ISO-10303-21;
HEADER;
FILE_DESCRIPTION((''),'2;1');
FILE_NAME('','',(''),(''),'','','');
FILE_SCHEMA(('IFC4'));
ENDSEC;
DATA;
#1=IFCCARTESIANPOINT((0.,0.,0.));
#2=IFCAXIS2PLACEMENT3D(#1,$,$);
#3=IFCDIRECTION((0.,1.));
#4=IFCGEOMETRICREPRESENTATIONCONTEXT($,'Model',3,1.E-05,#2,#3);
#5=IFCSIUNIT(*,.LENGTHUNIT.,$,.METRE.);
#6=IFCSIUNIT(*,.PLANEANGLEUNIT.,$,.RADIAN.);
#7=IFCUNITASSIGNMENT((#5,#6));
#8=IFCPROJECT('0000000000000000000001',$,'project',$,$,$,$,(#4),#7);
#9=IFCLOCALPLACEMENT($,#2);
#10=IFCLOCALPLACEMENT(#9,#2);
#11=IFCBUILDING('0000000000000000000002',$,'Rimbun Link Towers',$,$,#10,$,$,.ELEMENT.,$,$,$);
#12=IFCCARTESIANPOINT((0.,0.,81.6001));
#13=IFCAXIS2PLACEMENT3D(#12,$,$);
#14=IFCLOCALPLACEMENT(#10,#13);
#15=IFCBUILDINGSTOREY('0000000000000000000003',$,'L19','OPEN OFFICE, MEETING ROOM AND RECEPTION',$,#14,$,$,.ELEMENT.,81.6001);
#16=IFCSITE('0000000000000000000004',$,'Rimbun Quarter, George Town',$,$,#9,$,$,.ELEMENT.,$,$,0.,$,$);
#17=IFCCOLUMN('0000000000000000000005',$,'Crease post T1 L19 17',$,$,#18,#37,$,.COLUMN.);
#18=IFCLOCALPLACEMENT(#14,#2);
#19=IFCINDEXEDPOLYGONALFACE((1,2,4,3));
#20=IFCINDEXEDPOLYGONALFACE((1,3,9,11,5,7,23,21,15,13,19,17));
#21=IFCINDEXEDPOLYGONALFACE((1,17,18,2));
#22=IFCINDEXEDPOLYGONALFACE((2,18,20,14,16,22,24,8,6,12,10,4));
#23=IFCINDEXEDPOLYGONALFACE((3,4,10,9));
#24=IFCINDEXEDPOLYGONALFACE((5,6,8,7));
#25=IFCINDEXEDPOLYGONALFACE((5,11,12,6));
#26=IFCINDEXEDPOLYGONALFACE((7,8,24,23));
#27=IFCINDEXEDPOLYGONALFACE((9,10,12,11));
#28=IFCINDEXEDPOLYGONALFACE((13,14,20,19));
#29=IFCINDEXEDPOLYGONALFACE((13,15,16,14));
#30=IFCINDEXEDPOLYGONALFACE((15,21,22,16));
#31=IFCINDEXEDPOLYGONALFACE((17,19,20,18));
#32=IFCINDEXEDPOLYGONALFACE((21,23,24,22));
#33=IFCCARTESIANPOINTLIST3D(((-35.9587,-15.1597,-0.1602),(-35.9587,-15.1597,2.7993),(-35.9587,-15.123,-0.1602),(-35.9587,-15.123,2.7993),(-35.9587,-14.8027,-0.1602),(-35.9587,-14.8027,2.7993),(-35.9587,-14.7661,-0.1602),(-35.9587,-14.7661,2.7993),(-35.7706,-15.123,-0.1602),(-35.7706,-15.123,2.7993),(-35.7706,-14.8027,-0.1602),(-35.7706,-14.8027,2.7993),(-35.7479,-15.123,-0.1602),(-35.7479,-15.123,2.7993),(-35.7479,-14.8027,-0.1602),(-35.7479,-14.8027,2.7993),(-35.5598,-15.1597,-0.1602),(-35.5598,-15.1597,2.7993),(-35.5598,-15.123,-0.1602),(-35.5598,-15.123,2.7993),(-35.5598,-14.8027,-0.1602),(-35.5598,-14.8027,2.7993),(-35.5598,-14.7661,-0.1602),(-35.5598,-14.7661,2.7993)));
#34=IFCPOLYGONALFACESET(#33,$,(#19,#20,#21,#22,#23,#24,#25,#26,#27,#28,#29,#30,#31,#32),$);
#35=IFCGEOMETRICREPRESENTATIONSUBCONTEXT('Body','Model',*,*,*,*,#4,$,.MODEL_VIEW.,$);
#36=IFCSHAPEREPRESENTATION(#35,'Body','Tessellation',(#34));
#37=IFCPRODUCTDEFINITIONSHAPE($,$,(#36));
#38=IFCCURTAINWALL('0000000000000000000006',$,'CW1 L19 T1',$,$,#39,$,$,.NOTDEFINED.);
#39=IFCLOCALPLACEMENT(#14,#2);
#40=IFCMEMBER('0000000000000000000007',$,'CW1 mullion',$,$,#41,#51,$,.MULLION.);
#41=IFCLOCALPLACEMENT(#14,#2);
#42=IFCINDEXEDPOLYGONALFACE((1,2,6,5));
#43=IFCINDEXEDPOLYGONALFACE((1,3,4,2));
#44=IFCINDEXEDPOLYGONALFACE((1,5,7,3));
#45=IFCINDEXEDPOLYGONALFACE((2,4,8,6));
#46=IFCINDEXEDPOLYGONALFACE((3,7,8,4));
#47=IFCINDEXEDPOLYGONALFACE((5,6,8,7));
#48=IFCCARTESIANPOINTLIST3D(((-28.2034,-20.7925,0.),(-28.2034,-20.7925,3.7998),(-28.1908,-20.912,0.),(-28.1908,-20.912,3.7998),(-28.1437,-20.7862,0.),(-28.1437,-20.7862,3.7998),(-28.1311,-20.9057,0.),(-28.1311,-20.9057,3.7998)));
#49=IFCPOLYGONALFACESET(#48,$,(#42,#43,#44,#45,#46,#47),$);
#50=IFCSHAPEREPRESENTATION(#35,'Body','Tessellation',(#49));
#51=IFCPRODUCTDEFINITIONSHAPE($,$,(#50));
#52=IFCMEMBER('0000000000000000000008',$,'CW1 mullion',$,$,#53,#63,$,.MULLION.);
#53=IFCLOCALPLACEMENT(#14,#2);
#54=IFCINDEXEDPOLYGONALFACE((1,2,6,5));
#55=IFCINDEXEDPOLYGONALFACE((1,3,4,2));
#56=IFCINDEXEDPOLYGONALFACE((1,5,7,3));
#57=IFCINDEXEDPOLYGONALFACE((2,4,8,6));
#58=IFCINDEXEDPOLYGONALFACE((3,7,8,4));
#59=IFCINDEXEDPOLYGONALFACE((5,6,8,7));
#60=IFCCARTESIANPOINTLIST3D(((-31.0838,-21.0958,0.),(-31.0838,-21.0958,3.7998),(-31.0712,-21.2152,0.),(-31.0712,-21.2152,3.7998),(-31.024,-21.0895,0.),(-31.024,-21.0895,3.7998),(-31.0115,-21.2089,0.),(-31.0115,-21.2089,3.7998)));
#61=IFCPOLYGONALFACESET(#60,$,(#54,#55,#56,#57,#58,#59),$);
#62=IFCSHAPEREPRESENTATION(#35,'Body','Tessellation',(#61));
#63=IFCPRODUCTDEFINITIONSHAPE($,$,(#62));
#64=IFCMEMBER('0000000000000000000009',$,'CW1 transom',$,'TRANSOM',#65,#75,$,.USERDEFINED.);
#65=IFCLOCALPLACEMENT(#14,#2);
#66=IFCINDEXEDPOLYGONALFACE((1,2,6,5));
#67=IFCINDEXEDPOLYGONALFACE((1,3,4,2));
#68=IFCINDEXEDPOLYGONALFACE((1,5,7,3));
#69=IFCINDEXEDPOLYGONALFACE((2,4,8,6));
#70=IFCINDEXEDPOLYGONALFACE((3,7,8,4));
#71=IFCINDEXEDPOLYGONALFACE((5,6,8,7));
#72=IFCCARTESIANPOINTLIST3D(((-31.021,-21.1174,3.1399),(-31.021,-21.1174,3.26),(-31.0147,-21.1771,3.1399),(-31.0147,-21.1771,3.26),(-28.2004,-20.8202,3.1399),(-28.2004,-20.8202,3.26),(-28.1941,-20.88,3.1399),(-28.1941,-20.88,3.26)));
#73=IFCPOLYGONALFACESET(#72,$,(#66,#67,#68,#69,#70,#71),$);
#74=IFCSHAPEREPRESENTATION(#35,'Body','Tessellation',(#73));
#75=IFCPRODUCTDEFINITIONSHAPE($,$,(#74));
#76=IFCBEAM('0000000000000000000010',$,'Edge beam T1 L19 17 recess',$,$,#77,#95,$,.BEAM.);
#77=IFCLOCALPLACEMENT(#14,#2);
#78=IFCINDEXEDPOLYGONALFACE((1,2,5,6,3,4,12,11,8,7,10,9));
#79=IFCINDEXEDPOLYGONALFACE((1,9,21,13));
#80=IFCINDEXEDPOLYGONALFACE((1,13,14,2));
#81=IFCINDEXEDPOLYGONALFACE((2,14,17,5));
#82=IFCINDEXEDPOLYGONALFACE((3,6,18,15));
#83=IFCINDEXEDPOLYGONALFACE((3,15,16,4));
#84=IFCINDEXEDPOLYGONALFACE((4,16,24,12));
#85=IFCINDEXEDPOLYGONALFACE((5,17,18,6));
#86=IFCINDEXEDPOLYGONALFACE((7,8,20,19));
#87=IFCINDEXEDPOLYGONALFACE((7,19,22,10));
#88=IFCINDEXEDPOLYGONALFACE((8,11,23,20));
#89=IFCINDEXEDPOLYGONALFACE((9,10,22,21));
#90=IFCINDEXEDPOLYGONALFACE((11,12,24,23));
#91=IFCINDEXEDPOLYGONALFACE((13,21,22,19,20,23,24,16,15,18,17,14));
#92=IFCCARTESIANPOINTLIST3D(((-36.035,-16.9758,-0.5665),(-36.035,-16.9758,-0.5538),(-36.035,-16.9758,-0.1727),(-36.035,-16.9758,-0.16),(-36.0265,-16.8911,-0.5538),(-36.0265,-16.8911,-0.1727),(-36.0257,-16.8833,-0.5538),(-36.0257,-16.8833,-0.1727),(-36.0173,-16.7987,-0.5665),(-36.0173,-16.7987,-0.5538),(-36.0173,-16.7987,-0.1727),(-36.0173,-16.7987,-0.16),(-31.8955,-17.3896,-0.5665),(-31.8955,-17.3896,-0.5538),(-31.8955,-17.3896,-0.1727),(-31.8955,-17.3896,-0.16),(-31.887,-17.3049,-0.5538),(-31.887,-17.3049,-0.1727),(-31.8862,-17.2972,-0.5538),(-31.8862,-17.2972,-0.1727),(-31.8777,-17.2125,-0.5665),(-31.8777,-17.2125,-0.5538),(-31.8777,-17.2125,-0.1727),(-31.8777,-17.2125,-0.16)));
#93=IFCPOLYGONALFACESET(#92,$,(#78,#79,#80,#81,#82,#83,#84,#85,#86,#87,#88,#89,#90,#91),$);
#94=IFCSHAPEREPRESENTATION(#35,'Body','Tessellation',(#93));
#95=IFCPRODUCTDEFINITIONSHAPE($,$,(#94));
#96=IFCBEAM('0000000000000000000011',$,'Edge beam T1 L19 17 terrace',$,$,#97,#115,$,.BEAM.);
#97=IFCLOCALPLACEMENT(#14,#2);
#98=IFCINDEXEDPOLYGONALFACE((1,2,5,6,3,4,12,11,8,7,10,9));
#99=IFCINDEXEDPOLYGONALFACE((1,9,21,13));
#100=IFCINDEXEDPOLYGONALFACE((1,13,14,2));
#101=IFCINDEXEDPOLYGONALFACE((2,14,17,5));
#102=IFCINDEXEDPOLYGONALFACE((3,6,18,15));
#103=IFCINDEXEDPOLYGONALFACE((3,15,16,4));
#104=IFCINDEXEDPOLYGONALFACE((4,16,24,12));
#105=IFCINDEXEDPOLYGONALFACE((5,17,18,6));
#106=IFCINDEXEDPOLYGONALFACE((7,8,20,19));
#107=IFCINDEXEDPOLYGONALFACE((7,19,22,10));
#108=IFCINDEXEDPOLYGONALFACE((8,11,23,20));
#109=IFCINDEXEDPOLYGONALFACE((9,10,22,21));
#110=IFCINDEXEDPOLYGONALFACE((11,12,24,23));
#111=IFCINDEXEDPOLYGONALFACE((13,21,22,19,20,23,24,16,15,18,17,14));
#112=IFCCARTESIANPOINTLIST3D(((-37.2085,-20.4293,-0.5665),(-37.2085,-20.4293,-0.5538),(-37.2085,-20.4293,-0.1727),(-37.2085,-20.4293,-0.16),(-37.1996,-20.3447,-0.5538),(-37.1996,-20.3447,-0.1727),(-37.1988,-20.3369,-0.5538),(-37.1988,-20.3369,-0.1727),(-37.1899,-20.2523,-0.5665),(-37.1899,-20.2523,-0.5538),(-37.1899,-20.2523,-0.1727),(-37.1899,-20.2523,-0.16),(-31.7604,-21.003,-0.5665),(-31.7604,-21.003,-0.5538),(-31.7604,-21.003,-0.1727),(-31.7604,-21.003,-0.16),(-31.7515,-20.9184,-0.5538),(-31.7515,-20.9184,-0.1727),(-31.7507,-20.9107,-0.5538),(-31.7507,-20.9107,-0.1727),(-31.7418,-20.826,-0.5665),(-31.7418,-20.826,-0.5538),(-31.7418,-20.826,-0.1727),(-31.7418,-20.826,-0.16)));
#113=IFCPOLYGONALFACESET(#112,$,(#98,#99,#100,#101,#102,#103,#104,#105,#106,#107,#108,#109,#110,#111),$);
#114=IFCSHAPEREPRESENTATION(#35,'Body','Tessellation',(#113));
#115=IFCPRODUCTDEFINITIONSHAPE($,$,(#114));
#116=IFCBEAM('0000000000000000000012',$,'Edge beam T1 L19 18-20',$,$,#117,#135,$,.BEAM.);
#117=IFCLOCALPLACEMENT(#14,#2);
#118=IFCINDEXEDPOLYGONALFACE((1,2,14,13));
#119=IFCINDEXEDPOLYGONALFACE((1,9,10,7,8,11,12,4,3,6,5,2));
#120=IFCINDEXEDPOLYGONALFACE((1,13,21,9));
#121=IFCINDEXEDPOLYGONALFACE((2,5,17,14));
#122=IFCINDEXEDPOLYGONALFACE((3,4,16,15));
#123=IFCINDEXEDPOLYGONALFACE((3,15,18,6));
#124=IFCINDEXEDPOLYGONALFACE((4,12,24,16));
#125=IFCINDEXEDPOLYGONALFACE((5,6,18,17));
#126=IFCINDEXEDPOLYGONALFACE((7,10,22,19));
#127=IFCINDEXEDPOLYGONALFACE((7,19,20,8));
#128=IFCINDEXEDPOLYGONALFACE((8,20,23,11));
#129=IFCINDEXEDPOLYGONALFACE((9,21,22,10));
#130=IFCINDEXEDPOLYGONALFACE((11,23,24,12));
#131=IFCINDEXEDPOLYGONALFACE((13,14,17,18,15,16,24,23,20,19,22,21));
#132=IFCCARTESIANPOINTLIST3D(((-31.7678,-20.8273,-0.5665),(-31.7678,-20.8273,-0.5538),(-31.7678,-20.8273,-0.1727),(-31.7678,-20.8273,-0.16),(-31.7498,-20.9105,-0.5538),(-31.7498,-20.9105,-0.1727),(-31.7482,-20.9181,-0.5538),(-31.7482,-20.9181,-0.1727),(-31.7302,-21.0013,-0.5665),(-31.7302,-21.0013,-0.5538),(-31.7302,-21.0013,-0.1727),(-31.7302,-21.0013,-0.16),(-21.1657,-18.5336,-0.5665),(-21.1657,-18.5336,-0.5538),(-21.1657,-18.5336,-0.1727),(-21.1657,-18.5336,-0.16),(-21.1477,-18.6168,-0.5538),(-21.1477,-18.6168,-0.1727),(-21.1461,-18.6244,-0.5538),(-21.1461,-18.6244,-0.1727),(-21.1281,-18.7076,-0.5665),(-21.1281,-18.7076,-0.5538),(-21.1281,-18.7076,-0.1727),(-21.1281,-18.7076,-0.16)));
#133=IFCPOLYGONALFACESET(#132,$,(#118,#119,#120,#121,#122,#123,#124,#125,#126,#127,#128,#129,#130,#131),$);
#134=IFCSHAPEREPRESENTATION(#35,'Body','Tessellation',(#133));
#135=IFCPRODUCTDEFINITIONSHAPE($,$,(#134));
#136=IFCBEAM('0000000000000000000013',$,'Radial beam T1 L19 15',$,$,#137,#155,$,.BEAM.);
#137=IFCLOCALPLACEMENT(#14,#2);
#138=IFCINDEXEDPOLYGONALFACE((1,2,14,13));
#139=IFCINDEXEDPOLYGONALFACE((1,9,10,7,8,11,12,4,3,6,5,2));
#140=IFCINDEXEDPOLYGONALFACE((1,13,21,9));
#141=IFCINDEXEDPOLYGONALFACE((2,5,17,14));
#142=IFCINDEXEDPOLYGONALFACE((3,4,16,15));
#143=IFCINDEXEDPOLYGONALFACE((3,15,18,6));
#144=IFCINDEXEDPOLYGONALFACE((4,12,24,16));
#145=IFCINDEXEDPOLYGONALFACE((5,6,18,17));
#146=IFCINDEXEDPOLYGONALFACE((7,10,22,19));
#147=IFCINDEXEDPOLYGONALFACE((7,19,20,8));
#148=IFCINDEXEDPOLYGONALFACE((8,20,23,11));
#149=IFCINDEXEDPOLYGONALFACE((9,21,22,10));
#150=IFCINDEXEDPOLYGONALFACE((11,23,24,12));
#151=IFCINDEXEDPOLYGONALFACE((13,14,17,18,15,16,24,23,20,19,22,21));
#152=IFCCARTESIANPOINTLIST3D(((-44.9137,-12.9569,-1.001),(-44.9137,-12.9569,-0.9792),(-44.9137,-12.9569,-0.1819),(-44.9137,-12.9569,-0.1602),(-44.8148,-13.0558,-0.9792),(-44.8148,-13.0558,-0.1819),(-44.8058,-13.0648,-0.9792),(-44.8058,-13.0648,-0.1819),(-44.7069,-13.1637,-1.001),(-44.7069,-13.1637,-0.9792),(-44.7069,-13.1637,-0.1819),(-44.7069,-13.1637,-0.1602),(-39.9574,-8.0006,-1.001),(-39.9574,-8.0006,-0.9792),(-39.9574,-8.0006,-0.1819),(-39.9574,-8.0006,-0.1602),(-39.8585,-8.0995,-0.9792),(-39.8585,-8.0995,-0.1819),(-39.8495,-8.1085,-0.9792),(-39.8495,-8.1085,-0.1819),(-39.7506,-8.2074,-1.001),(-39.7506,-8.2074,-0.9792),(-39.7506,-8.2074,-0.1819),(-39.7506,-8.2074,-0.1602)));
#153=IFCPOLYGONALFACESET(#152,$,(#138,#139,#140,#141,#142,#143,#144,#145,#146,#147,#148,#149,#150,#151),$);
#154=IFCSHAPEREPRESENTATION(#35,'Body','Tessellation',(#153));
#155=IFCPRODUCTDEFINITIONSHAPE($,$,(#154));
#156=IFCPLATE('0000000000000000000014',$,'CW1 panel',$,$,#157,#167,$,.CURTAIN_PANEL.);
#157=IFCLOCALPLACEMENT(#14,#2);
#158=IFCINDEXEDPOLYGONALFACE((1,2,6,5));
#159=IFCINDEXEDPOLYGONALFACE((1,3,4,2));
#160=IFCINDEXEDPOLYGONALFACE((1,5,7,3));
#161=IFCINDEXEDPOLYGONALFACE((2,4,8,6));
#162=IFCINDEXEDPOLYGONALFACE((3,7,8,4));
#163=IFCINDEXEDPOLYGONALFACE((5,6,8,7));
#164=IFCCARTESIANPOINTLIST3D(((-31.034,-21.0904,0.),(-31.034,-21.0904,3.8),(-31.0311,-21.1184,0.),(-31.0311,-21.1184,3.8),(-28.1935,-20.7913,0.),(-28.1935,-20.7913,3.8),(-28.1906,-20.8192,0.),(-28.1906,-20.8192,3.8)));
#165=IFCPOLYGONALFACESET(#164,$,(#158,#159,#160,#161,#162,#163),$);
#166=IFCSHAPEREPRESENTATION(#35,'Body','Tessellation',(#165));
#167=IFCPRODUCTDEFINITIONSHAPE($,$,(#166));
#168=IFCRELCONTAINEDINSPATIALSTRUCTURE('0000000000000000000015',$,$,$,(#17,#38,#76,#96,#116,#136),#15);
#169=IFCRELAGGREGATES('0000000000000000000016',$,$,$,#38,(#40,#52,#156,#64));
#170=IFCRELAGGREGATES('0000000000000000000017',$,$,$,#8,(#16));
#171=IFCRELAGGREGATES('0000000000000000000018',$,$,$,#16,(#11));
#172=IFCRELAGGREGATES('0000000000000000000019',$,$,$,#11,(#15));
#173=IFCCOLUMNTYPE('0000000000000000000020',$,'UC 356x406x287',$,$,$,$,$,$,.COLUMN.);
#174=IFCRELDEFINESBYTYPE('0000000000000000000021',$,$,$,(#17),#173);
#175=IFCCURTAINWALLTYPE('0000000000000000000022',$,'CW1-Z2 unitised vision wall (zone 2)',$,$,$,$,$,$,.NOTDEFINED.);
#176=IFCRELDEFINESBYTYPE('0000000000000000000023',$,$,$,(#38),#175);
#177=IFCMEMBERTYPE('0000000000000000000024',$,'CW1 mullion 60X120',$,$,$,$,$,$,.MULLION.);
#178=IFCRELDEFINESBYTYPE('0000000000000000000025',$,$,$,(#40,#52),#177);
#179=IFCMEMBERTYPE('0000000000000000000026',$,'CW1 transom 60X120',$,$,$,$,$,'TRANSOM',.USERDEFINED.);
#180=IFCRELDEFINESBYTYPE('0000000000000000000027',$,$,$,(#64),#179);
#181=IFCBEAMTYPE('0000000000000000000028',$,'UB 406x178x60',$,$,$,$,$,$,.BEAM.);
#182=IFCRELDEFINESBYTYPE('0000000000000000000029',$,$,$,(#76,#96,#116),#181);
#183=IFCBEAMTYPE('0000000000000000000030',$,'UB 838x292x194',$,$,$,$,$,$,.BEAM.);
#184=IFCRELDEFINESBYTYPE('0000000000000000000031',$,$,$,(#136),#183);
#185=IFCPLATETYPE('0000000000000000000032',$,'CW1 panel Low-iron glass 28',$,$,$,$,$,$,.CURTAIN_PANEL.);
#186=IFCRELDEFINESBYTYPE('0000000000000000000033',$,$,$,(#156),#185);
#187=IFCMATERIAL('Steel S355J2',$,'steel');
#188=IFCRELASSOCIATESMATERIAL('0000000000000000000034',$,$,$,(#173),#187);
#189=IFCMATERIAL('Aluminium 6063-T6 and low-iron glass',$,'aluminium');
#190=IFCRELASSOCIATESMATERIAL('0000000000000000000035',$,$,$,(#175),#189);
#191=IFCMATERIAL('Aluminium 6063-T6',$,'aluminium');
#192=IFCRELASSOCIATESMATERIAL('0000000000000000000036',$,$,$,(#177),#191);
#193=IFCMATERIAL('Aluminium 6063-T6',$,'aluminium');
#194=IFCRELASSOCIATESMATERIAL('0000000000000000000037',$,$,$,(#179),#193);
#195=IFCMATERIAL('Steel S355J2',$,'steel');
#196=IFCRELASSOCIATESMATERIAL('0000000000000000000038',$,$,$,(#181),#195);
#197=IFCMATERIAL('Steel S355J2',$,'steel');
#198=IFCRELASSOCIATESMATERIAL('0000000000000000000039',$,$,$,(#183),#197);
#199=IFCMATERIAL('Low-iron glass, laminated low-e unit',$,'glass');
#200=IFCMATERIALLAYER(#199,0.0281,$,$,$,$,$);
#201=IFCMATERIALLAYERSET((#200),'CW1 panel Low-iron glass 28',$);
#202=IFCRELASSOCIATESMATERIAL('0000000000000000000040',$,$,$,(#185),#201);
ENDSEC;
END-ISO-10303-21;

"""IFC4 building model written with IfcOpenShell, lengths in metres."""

from ifc_helpers import new_model, si_unit, direction, frame, origin, origin_2d, place, context, subcontext, project, spatial, rectangle, i_section, extrude, material, layer, layer_set, material_profile, profile_set, type_object, element, aggregate, save


model = new_model("IFC4")

# Units and contexts
model_context = context("Model", 3, precision=1e-05, world=origin(), true_north=direction((0.0, 1.0)))
body_context = subcontext(model_context, "Body", "Model", "MODEL_VIEW")
ifc_project = project(units=[si_unit("LENGTHUNIT", "METRE"), si_unit("PLANEANGLEUNIT", "RADIAN")], contexts=[model_context])

# Site, building, storey
site_placement = place(None, origin())
site = spatial("IfcSite", under=ifc_project, at=site_placement, Name="Rimbun Quarter, George Town", CompositionType="ELEMENT", RefElevation=0.0)
building_placement = place(site_placement, origin())
building = spatial("IfcBuilding", under=site, at=building_placement, Name="Rimbun Link Towers", CompositionType="ELEMENT")
storey_placement = place(building_placement, frame((0.0, 0.0, 81.6001)))
storey = spatial("IfcBuildingStorey", under=building, at=storey_placement, Name="L19", Description="OPEN OFFICE, MEETING ROOM AND RECEPTION", CompositionType="ELEMENT", Elevation=81.6001)

# Column
ifc_material_1 = material(Name="Steel S355J2", Category="steel")
ifc_material_profile_1 = material_profile(ifc_material_1, i_section(OverallWidth=0.3989, OverallDepth=0.3936, WebThickness=0.0227, FlangeThickness=0.0366, at=origin_2d()), Name="UC 356x406x287")
ifc_profile_set_1 = profile_set([ifc_material_profile_1], Name="Steel S355J2")
column_type = type_object("IfcColumnType", Name="UC 356x406x287", PredefinedType="COLUMN", material=ifc_profile_set_1)
column_placement = place(storey_placement, frame((-35.7593, -14.9629, -0.1602), z_axis=(0.0, 0.0, 1.0), x_axis=(1.0, 0.0, 0.0)))
element("IfcColumn", 1, at=column_placement, inside=storey, type_object=column_type, Name="Crease post T1 L19 17", PredefinedType="COLUMN", context=body_context, shape_type="SweptSolid", body=[
    extrude(i_section(OverallWidth=0.3989, OverallDepth=0.3936, WebThickness=0.0227, FlangeThickness=0.0366, at=origin_2d()), origin(), (0.0, 0.0, 1.0), 2.9595),
])

# Curtain wall, members
ifc_material_2 = material(Name="Aluminium 6063-T6 and low-iron glass", Category="aluminium")
curtain_wall_type = type_object("IfcCurtainWallType", Name="CW1-Z2 unitised vision wall (zone 2)", PredefinedType="NOTDEFINED", material=ifc_material_2)
curtain_wall_placement = place(storey_placement, origin())
curtain_wall = element("IfcCurtainWall", 2, at=curtain_wall_placement, inside=storey, type_object=curtain_wall_type, Name="CW1 L19 T1", PredefinedType="NOTDEFINED")
ifc_material_3 = material(Name="Aluminium 6063-T6", Category="aluminium")
ifc_material_profile_2 = material_profile(ifc_material_3, rectangle(XDim=0.1201, YDim=0.0601, at=origin_2d()), Name="MULLION 60X120")
ifc_profile_set_2 = profile_set([ifc_material_profile_2], Name="Aluminium 6063-T6")
member_type_1 = type_object("IfcMemberType", Name="CW1 mullion 60X120", PredefinedType="MULLION", material=ifc_profile_set_2)
member_1_placement = place(storey_placement, frame((-28.1672, -20.8491, 0.0), z_axis=(0.0, 0.0, 1.0), x_axis=(0.104736, -0.9945, 0.0)))
member_1 = element("IfcMember", 3, at=member_1_placement, type_object=member_type_1, Name="CW1 mullion", PredefinedType="MULLION", context=body_context, shape_type="SweptSolid", body=[
    extrude(rectangle(XDim=0.1201, YDim=0.0601, at=origin_2d()), origin(), (0.0, 0.0, 1.0), 3.7998),
])
member_2_placement = place(storey_placement, frame((-31.0476, -21.1523, 0.0), z_axis=(0.0, 0.0, 1.0), x_axis=(0.104736, -0.9945, 0.0)))
member_2 = element("IfcMember", 4, at=member_2_placement, type_object=member_type_1, Name="CW1 mullion", PredefinedType="MULLION", context=body_context, shape_type="SweptSolid", body=[
    extrude(rectangle(XDim=0.1201, YDim=0.0601, at=origin_2d()), origin(), (0.0, 0.0, 1.0), 3.7998),
])
ifc_material_4 = material(Name="Aluminium 6063-T6", Category="aluminium")
ifc_material_profile_3 = material_profile(ifc_material_4, rectangle(XDim=0.0601, YDim=0.1201, at=origin_2d()), Name="TRANSOM 60X120")
ifc_profile_set_3 = profile_set([ifc_material_profile_3], Name="Aluminium 6063-T6")
member_type_2 = type_object("IfcMemberType", Name="CW1 transom 60X120", ElementType="TRANSOM", PredefinedType="USERDEFINED", material=ifc_profile_set_3)
member_3_placement = place(storey_placement, frame((-28.1973, -20.8501, 3.2), z_axis=(-0.994497, -0.104761, 0.0), x_axis=(0.104761, -0.994497, 0.0)))
member_3 = element("IfcMember", 5, at=member_3_placement, type_object=member_type_2, Name="CW1 transom", ObjectType="TRANSOM", PredefinedType="USERDEFINED", context=body_context, shape_type="SweptSolid", body=[
    extrude(rectangle(XDim=0.0601, YDim=0.1201, at=origin_2d()), origin(), (0.0, 0.0, 1.0), 2.8362),
])

# Beams
ifc_material_5 = material(Name="Steel S355J2", Category="steel")
ifc_material_profile_4 = material_profile(ifc_material_5, i_section(OverallWidth=0.178, OverallDepth=0.4065, WebThickness=0.0078, FlangeThickness=0.0127, at=origin_2d()), Name="UB 406x178x60")
ifc_profile_set_4 = profile_set([ifc_material_profile_4], Name="Steel S355J2")
beam_type_1 = type_object("IfcBeamType", Name="UB 406x178x60", PredefinedType="BEAM", material=ifc_profile_set_4)
beam_1_placement = place(storey_placement, frame((-36.0261, -16.8872, -0.3633), z_axis=(0.99504, -0.099475, 0.0), x_axis=(0.099475, 0.99504, 0.0)))
element("IfcBeam", 6, at=beam_1_placement, inside=storey, type_object=beam_type_1, Name="Edge beam T1 L19 17 recess", PredefinedType="BEAM", context=body_context, shape_type="SweptSolid", body=[
    extrude(i_section(OverallWidth=0.178, OverallDepth=0.4065, WebThickness=0.0078, FlangeThickness=0.0127, at=origin_2d()), origin(), (0.0, 0.0, 1.0), 4.1602),
])
beam_2_placement = place(storey_placement, frame((-37.1992, -20.3408, -0.3633), z_axis=(0.994501, -0.104727, 0.0), x_axis=(0.104727, 0.994501, 0.0)))
element("IfcBeam", 7, at=beam_2_placement, inside=storey, type_object=beam_type_1, Name="Edge beam T1 L19 17 terrace", PredefinedType="BEAM", context=body_context, shape_type="SweptSolid", body=[
    extrude(i_section(OverallWidth=0.178, OverallDepth=0.4065, WebThickness=0.0078, FlangeThickness=0.0127, at=origin_2d()), origin(), (0.0, 0.0, 1.0), 5.4783),
])
beam_3_placement = place(storey_placement, frame((-31.749, -20.9143, -0.3633), z_axis=(0.977388, 0.211453, 0.0), x_axis=(-0.211453, 0.977388, 0.0)))
element("IfcBeam", 8, at=beam_3_placement, inside=storey, type_object=beam_type_1, Name="Edge beam T1 L19 18-20", PredefinedType="BEAM", context=body_context, shape_type="SweptSolid", body=[
    extrude(i_section(OverallWidth=0.178, OverallDepth=0.4065, WebThickness=0.0078, FlangeThickness=0.0127, at=origin_2d()), origin(), (0.0, 0.0, 1.0), 10.8474),
])
ifc_material_6 = material(Name="Steel S355J2", Category="steel")
ifc_material_profile_5 = material_profile(ifc_material_6, i_section(OverallWidth=0.2925, OverallDepth=0.8408, WebThickness=0.0127, FlangeThickness=0.0217, at=origin_2d()), Name="UB 838x292x194")
ifc_profile_set_5 = profile_set([ifc_material_profile_5], Name="Steel S355J2")
beam_type_2 = type_object("IfcBeamType", Name="UB 838x292x194", PredefinedType="BEAM", material=ifc_profile_set_5)
beam_4_placement = place(storey_placement, frame((-39.854, -8.104, -0.5806), z_axis=(-0.707107, -0.707107, 0.0), x_axis=(0.707107, -0.707107, 0.0)))
element("IfcBeam", 9, at=beam_4_placement, inside=storey, type_object=beam_type_2, Name="Radial beam T1 L19 15", PredefinedType="BEAM", context=body_context, shape_type="SweptSolid", body=[
    extrude(i_section(OverallWidth=0.2925, OverallDepth=0.8408, WebThickness=0.0127, FlangeThickness=0.0217, at=origin_2d()), origin(), (0.0, 0.0, 1.0), 7.0093),
])

# Plate
ifc_material_7 = material(Name="Low-iron glass, laminated low-e unit", Category="glass")
ifc_layer_1 = layer(ifc_material_7, 0.0281)
ifc_layer_set_1 = layer_set([ifc_layer_1], Name="CW1 panel Low-iron glass 28")
plate_type = type_object("IfcPlateType", Name="CW1 panel Low-iron glass 28", PredefinedType="CURTAIN_PANEL", material=ifc_layer_set_1)
plate_placement = place(storey_placement, frame((-29.6123, -20.9548, 0.0), z_axis=(0.0, 0.0, 1.0), x_axis=(-0.9945, -0.104736, 0.0)))
plate = element("IfcPlate", 10, at=plate_placement, type_object=plate_type, Name="CW1 panel", PredefinedType="CURTAIN_PANEL", context=body_context, shape_type="SweptSolid", body=[
    extrude(rectangle(XDim=2.8562, YDim=0.0281, at=origin_2d()), origin(), (0.0, 0.0, 1.0), 3.8),
])
aggregate(curtain_wall, [member_1, member_2, plate, member_3])

save(model, "model.ifc")
